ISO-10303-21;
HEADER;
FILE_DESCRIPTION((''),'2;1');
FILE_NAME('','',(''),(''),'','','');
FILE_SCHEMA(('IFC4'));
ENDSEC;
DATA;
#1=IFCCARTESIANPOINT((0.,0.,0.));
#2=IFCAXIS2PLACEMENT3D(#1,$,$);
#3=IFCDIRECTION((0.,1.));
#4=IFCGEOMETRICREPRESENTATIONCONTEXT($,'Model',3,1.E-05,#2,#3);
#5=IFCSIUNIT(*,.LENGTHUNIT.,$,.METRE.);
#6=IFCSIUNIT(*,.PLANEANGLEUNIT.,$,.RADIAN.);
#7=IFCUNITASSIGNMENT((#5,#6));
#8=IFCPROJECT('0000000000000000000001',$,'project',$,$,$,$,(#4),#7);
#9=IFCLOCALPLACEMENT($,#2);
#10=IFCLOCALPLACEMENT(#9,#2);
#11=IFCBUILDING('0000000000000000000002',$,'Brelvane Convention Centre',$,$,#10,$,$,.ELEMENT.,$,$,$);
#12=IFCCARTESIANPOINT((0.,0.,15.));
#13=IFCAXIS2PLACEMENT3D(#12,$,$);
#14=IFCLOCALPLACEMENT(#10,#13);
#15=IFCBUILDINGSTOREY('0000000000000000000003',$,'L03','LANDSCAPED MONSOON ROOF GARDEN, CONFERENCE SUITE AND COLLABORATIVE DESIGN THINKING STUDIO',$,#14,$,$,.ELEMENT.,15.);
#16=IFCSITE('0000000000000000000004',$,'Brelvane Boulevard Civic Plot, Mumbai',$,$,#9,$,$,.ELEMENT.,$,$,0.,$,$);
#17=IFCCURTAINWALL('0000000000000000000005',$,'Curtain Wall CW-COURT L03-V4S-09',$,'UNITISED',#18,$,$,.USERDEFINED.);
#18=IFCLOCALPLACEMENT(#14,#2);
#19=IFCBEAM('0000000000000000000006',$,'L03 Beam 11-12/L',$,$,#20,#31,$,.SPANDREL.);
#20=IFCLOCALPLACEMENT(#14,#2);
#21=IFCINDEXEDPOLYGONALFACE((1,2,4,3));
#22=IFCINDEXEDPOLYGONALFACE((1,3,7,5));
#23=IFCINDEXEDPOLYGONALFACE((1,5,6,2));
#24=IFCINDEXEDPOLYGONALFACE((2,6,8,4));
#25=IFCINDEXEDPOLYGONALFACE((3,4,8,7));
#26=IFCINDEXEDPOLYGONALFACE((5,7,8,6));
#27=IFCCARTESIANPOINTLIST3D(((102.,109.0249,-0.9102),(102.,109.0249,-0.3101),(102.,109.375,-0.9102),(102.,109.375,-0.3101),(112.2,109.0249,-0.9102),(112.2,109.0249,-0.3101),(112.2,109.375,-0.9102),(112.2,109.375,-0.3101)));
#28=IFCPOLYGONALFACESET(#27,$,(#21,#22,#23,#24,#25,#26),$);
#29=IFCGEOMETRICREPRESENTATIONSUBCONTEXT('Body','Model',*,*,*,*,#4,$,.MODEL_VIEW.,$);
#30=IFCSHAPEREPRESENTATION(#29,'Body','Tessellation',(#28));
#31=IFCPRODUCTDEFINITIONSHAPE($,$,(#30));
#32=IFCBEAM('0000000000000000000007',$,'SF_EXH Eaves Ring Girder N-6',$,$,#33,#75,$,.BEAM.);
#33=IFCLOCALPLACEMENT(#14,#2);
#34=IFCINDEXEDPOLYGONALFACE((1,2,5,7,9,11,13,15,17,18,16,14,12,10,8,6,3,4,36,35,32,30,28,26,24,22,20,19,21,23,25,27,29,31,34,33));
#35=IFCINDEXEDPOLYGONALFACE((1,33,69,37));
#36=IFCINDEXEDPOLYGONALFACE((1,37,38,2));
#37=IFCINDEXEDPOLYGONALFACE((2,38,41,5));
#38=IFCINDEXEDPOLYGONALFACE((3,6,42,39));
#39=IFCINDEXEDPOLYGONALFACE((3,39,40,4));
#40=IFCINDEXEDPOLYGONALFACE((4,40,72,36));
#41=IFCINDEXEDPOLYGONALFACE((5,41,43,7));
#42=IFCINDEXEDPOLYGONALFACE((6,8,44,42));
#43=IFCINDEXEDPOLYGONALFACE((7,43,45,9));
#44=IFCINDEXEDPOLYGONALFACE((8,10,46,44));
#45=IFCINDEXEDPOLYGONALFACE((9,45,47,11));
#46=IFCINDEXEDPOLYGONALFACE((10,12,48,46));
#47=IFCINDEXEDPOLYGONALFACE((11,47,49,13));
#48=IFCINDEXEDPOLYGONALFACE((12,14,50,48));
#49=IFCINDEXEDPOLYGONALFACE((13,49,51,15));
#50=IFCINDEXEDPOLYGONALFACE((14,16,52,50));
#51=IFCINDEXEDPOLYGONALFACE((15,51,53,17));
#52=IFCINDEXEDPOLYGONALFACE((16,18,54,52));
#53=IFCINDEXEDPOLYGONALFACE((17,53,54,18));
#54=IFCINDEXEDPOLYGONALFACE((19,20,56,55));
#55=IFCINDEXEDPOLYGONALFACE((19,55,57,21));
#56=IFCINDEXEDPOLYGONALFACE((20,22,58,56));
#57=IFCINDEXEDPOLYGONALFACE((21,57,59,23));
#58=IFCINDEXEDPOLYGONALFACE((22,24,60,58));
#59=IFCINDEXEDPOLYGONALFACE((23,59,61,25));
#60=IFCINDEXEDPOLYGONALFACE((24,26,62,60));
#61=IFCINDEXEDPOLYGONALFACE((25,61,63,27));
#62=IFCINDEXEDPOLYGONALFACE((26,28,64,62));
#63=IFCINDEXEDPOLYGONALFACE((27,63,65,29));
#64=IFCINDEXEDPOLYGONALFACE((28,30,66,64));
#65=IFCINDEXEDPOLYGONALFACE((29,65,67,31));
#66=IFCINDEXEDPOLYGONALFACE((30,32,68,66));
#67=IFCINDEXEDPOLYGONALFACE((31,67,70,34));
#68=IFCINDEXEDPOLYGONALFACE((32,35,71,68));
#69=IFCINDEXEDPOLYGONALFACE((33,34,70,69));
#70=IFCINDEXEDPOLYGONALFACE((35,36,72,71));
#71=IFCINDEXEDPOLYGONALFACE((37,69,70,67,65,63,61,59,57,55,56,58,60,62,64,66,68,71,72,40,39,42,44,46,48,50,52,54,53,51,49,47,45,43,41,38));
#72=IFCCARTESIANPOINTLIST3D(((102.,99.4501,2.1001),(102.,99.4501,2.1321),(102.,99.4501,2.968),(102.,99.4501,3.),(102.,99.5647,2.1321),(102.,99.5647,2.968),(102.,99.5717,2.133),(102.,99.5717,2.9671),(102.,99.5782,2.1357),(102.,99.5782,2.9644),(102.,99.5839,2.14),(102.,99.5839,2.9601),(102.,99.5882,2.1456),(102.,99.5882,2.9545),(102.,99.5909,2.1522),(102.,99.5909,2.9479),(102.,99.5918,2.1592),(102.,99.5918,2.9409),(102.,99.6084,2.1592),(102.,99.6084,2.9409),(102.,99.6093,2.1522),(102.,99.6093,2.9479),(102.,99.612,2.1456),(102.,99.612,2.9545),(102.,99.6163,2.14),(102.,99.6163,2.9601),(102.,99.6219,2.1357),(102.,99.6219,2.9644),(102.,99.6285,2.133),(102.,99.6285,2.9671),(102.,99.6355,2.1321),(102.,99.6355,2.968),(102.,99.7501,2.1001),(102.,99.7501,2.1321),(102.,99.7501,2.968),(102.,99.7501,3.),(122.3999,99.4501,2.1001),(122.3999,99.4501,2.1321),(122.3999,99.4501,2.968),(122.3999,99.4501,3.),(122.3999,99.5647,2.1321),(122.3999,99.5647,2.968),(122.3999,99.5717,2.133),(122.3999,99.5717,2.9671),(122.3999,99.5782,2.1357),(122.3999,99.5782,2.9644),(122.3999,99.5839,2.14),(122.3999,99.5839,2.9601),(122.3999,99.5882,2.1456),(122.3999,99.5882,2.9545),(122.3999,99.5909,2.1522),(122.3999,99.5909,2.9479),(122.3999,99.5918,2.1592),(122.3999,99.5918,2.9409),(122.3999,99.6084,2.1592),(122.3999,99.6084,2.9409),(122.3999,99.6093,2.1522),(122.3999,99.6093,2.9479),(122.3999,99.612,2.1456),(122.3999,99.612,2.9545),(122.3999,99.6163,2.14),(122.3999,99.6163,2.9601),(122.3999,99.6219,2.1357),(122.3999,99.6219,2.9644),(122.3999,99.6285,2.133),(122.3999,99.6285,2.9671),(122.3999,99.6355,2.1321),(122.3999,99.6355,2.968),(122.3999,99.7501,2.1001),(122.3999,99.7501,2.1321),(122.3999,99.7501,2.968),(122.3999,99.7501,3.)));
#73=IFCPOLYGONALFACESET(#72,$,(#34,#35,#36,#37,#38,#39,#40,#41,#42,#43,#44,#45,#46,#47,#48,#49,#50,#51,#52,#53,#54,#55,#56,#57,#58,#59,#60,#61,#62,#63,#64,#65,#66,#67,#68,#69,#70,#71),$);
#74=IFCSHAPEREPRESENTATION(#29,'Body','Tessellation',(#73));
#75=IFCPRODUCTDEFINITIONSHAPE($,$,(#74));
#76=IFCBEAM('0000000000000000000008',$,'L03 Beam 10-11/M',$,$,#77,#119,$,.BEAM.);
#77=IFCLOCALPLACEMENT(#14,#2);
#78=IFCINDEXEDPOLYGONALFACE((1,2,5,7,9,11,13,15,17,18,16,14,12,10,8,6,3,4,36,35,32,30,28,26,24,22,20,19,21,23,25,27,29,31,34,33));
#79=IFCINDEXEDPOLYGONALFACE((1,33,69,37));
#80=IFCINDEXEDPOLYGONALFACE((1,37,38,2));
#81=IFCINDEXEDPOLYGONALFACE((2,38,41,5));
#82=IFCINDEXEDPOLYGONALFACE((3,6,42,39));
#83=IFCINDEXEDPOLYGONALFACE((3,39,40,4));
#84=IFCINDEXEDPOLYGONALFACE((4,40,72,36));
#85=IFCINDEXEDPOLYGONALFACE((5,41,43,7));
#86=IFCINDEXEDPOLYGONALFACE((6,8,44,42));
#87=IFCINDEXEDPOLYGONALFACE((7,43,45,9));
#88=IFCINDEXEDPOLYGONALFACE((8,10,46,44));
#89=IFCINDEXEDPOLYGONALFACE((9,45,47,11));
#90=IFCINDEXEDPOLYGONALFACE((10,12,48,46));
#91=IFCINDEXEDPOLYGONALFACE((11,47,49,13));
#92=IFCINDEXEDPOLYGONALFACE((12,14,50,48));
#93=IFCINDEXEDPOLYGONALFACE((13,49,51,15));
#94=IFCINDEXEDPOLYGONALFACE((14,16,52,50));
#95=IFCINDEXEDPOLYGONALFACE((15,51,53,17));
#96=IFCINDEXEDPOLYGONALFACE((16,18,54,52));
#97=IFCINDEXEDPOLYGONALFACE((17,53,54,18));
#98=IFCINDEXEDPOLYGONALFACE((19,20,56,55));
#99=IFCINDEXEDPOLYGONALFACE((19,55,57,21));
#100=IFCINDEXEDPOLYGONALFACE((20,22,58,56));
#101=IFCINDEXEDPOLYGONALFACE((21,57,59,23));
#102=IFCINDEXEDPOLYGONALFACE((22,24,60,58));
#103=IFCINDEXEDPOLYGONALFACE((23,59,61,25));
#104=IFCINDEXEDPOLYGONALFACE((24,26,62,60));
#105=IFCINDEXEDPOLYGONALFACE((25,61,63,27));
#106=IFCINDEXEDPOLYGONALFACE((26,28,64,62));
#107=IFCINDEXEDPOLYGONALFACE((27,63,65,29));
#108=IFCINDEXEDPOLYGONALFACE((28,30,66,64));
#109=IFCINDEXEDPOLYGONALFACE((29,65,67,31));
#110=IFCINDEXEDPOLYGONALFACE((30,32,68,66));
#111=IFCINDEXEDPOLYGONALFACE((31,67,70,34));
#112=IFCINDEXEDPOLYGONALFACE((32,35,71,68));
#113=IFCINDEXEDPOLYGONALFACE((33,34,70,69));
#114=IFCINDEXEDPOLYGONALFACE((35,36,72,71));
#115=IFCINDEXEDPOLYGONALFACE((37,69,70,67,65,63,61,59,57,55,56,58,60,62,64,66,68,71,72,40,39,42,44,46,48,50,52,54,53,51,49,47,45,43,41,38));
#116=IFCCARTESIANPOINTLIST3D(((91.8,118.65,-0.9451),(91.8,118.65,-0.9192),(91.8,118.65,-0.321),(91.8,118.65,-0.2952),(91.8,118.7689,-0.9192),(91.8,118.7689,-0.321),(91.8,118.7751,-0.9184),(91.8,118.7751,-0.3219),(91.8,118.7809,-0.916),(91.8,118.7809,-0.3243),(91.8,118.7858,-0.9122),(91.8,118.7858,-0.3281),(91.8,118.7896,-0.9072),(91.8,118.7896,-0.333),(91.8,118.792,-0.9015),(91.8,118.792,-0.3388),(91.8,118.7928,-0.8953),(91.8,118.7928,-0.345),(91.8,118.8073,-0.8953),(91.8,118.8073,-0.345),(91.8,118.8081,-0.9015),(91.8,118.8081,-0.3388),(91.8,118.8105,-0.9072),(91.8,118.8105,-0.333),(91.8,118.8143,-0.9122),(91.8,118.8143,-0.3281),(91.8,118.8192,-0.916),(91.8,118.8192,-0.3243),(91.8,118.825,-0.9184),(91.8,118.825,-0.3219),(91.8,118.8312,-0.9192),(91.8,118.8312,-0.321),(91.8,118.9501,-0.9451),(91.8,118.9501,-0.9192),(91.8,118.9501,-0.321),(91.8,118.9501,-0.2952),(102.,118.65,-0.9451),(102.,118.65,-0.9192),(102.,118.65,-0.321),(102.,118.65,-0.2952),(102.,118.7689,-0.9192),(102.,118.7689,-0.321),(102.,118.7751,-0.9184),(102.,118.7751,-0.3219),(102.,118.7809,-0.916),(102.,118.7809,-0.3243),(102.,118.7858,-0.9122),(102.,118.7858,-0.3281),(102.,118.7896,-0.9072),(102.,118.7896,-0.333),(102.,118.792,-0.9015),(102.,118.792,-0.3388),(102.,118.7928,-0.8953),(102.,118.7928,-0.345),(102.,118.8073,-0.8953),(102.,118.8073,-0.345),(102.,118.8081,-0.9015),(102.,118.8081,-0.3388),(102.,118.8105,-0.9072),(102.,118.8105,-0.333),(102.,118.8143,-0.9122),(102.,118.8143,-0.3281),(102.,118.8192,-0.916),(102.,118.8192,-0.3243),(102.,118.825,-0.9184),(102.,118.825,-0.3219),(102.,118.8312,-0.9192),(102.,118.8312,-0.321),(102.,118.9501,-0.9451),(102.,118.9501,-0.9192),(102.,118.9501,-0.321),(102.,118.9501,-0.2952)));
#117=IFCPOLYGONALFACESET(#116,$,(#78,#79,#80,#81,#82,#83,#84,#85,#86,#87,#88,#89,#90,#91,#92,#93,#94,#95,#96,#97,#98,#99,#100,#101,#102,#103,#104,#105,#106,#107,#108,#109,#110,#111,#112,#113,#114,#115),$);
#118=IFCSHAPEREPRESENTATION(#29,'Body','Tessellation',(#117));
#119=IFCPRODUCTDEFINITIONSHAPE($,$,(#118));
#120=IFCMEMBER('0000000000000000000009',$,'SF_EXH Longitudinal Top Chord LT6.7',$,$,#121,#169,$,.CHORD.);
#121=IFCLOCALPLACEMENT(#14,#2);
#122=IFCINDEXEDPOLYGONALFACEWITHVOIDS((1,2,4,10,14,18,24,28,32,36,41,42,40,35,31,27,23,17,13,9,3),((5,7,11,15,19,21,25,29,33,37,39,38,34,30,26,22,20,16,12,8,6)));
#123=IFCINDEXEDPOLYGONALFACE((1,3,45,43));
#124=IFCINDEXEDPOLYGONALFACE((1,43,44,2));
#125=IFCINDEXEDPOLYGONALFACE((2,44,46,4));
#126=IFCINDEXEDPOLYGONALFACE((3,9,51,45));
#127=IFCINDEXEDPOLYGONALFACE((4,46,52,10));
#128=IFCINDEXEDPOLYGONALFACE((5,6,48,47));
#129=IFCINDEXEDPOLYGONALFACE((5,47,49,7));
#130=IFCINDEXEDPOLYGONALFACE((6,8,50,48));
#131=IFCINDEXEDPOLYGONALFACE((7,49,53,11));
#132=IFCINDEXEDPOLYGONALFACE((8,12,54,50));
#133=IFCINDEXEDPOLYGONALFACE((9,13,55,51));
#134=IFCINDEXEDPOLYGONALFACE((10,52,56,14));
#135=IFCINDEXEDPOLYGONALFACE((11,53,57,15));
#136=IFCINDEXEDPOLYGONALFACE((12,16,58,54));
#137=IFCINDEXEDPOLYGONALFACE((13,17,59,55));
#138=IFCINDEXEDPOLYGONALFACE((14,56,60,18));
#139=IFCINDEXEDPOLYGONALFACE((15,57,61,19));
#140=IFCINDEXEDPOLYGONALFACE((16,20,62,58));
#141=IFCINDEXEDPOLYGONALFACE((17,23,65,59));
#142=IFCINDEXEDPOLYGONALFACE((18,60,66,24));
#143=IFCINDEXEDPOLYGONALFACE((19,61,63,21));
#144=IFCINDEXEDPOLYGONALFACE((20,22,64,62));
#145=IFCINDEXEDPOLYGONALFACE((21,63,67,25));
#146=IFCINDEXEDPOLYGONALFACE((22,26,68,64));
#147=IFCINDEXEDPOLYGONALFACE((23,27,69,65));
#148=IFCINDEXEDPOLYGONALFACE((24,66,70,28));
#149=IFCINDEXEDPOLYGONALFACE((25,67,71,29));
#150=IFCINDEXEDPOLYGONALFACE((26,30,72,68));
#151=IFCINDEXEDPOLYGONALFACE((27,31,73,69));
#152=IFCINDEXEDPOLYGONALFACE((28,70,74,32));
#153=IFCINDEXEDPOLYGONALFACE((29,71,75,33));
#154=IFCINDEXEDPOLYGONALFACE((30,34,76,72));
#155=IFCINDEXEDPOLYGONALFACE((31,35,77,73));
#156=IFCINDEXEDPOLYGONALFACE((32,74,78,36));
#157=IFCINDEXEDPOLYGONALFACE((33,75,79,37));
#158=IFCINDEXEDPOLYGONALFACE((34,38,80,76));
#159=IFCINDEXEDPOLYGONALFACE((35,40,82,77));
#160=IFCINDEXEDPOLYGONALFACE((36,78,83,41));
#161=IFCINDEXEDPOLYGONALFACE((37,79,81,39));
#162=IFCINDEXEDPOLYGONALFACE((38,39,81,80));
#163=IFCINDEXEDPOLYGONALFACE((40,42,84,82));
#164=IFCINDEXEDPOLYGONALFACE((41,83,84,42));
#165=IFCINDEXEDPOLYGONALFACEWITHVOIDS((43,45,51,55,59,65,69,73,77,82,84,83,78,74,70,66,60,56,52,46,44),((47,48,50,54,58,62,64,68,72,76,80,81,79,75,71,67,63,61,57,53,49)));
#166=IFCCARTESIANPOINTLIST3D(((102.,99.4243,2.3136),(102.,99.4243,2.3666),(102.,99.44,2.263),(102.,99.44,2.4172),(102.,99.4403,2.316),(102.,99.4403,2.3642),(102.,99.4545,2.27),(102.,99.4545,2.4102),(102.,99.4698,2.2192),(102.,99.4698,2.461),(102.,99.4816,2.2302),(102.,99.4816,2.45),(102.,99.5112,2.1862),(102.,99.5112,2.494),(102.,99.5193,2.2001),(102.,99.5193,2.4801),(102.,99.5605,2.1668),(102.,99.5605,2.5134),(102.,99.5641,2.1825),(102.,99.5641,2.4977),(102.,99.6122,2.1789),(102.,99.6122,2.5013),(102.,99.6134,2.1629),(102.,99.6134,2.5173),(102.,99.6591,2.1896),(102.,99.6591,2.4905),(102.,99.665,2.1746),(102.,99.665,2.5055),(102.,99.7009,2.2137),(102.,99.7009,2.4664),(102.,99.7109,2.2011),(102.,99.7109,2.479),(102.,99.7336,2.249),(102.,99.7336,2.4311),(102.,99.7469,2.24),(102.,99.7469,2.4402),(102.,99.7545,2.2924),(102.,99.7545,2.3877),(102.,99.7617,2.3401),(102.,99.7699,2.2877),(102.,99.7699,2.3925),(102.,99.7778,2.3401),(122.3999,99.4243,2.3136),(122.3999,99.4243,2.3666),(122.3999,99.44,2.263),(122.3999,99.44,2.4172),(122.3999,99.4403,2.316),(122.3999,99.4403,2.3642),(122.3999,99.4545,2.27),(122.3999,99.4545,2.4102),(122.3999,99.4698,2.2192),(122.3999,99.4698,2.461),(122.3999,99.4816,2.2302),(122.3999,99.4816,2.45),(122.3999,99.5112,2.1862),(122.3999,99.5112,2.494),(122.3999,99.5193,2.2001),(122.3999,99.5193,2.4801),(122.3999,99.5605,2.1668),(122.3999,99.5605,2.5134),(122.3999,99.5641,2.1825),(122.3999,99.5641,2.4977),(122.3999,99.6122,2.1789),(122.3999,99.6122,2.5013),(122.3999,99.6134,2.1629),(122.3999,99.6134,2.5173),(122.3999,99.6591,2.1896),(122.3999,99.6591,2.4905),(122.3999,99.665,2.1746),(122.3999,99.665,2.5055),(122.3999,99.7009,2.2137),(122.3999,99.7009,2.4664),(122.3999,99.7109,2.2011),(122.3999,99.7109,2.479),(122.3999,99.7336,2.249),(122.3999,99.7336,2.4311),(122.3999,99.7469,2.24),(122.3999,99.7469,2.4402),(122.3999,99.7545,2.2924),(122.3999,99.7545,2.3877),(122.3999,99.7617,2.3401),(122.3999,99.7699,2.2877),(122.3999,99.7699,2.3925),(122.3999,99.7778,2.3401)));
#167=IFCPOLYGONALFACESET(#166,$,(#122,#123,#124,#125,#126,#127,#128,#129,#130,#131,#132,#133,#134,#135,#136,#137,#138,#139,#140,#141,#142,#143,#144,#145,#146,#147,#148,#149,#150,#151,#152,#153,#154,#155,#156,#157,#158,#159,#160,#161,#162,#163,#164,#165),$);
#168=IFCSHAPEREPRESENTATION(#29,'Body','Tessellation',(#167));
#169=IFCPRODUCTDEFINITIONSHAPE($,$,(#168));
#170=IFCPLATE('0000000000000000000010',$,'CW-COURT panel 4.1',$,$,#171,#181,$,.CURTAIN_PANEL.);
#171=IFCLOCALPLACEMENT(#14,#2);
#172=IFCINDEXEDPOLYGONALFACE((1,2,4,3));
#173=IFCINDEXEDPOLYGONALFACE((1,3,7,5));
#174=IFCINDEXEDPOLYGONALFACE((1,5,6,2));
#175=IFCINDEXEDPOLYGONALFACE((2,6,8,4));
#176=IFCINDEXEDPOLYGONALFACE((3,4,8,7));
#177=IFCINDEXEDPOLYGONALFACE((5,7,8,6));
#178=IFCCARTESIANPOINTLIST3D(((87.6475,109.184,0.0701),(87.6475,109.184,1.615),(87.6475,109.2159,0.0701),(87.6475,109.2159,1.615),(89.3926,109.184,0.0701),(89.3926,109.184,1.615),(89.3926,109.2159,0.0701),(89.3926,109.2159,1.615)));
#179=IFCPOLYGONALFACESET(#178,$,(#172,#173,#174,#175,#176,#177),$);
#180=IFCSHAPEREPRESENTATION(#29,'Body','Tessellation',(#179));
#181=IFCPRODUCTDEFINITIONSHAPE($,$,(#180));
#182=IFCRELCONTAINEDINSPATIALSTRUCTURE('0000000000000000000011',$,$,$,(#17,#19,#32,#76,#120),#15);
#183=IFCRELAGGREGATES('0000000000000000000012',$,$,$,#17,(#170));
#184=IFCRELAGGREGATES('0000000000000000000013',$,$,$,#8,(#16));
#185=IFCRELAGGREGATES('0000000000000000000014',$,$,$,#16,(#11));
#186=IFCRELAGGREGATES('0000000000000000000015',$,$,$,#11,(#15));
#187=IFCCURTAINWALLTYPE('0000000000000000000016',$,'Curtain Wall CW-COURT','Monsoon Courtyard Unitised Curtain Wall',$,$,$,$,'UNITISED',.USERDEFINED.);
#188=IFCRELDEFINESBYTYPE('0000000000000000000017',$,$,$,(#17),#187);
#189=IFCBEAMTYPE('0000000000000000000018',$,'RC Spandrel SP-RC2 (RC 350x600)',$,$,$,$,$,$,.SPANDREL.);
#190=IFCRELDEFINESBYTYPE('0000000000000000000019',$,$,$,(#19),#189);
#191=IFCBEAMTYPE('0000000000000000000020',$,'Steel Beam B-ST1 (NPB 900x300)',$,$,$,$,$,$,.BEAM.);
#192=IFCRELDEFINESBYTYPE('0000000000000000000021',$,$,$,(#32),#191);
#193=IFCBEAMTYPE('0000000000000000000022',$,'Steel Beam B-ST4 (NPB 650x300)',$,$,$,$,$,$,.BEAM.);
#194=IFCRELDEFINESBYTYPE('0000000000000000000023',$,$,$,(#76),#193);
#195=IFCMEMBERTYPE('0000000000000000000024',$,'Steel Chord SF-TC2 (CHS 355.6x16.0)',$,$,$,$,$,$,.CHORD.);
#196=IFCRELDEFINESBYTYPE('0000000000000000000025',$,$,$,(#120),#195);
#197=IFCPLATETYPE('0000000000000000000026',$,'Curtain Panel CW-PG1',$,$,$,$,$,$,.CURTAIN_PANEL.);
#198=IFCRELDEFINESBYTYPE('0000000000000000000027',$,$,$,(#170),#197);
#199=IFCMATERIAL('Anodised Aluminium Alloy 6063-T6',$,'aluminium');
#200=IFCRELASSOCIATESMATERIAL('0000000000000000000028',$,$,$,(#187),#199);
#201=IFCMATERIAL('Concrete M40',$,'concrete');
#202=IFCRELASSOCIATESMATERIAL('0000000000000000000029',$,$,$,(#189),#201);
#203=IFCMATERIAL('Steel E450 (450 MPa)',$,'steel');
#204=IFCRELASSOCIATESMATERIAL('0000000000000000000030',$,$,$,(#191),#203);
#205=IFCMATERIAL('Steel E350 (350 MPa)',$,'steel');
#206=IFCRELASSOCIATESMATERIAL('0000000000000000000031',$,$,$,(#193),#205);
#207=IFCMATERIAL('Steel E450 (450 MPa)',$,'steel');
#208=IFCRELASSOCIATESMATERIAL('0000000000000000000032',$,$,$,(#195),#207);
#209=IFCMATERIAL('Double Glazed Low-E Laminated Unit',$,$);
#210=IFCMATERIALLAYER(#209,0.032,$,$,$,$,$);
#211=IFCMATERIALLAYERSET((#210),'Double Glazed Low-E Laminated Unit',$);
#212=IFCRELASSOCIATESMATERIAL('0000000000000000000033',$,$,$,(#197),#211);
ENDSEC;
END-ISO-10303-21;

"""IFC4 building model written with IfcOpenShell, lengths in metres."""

from ifc_helpers import new_model, si_unit, direction, frame, origin, origin_2d, place, context, subcontext, project, spatial, rectangle, hollow_circle, i_section, extrude, material, layer, layer_set, material_profile, profile_set, type_object, element, aggregate, save


model = new_model("IFC4")

# Units and contexts
model_context = context("Model", 3, precision=1e-05, world=origin(), true_north=direction((0.0, 1.0)))
body_context = subcontext(model_context, "Body", "Model", "MODEL_VIEW")
ifc_project = project(units=[si_unit("LENGTHUNIT", "METRE"), si_unit("PLANEANGLEUNIT", "RADIAN")], contexts=[model_context])

# Site, building, storey
site_placement = place(None, origin())
site = spatial("IfcSite", under=ifc_project, at=site_placement, Name="Brelvane Boulevard Civic Plot, Mumbai", CompositionType="ELEMENT", RefElevation=0.0)
building_placement = place(site_placement, origin())
building = spatial("IfcBuilding", under=site, at=building_placement, Name="Brelvane Convention Centre", CompositionType="ELEMENT")
storey_placement = place(building_placement, frame((0.0, 0.0, 15.0)))
storey = spatial("IfcBuildingStorey", under=building, at=storey_placement, Name="L03", Description="LANDSCAPED MONSOON ROOF GARDEN, CONFERENCE SUITE AND COLLABORATIVE DESIGN THINKING STUDIO", CompositionType="ELEMENT", Elevation=15.0)

# Curtain wall
ifc_material_1 = material(Name="Anodised Aluminium Alloy 6063-T6", Category="aluminium")
curtain_wall_type = type_object("IfcCurtainWallType", Name="Curtain Wall CW-COURT", Description="Monsoon Courtyard Unitised Curtain Wall", ElementType="UNITISED", PredefinedType="USERDEFINED", material=ifc_material_1)
curtain_wall_placement = place(storey_placement, origin())
curtain_wall = element("IfcCurtainWall", 1, at=curtain_wall_placement, inside=storey, type_object=curtain_wall_type, Name="Curtain Wall CW-COURT L03-V4S-09", ObjectType="UNITISED", PredefinedType="USERDEFINED")

# Beams
ifc_material_2 = material(Name="Concrete M40", Category="concrete")
ifc_material_profile_1 = material_profile(ifc_material_2, rectangle(XDim=0.3501, YDim=0.6001, at=origin_2d()), Name="RC 350x600")
ifc_profile_set_1 = profile_set([ifc_material_profile_1], Name="Concrete M40")
beam_type_1 = type_object("IfcBeamType", Name="RC Spandrel SP-RC2 (RC 350x600)", PredefinedType="SPANDREL", material=ifc_profile_set_1)
for number, where, z_axis, x_axis, name in (
    (2, (102.0, 109.2, -0.6101), (1.0, 0.0, 0.0), (0.0, 1.0, 0.0), "L03 Beam 11-12/L"),
):
    element("IfcBeam", number, at=place(storey_placement, frame(where, z_axis=z_axis, x_axis=x_axis)), inside=storey, type_object=beam_type_1, Name=name, PredefinedType="SPANDREL", context=body_context, shape_type="SweptSolid", body=[
        extrude(rectangle(XDim=0.3501, YDim=0.6001, at=origin_2d()), origin(), (0.0, 0.0, 1.0), 10.2),
    ])
ifc_material_3 = material(Name="Steel E450 (450 MPa)", Category="steel")
ifc_material_profile_2 = material_profile(ifc_material_3, i_section(OverallWidth=0.3, OverallDepth=0.8999, WebThickness=0.0166, FlangeThickness=0.032, FilletRadius=0.0271, at=origin_2d()), Name="NPB 900x300")
ifc_profile_set_2 = profile_set([ifc_material_profile_2], Name="Steel E450 (450 MPa)")
beam_type_2 = type_object("IfcBeamType", Name="Steel Beam B-ST1 (NPB 900x300)", PredefinedType="BEAM", material=ifc_profile_set_2)
beam_1_placement = place(storey_placement, frame((102.0, 99.6001, 2.55), z_axis=(1.0, 0.0, 0.0), x_axis=(0.0, 1.0, 0.0)))
element("IfcBeam", 3, at=beam_1_placement, inside=storey, type_object=beam_type_2, Name="SF_EXH Eaves Ring Girder N-6", PredefinedType="BEAM", context=body_context, shape_type="SweptSolid", body=[
    extrude(i_section(OverallWidth=0.3, OverallDepth=0.8999, WebThickness=0.0166, FlangeThickness=0.032, FilletRadius=0.0271, at=origin_2d()), origin(), (0.0, 0.0, 1.0), 20.3999),
])
ifc_material_4 = material(Name="Steel E350 (350 MPa)", Category="steel")
ifc_material_profile_3 = material_profile(ifc_material_4, i_section(OverallWidth=0.3, OverallDepth=0.6499, WebThickness=0.0144, FlangeThickness=0.0259, FilletRadius=0.0239, at=origin_2d()), Name="NPB 650x300")
ifc_profile_set_3 = profile_set([ifc_material_profile_3], Name="Steel E350 (350 MPa)")
beam_type_3 = type_object("IfcBeamType", Name="Steel Beam B-ST4 (NPB 650x300)", PredefinedType="BEAM", material=ifc_profile_set_3)
beam_2_placement = place(storey_placement, frame((91.8, 118.8, -0.6201), z_axis=(1.0, 0.0, 0.0), x_axis=(0.0, 1.0, 0.0)))
element("IfcBeam", 4, at=beam_2_placement, inside=storey, type_object=beam_type_3, Name="L03 Beam 10-11/M", PredefinedType="BEAM", context=body_context, shape_type="SweptSolid", body=[
    extrude(i_section(OverallWidth=0.3, OverallDepth=0.6499, WebThickness=0.0144, FlangeThickness=0.0259, FilletRadius=0.0239, at=origin_2d()), origin(), (0.0, 0.0, 1.0), 10.2),
])

# Member
ifc_material_5 = material(Name="Steel E450 (450 MPa)", Category="steel")
ifc_material_profile_4 = material_profile(ifc_material_5, hollow_circle(Radius=0.1777, WallThickness=0.0161, at=origin_2d()), Name="CHS 355.6x16.0")
ifc_profile_set_4 = profile_set([ifc_material_profile_4], Name="Steel E450 (450 MPa)")
member_type_1 = type_object("IfcMemberType", Name="Steel Chord SF-TC2 (CHS 355.6x16.0)", PredefinedType="CHORD", material=ifc_profile_set_4)
member_1_placement = place(storey_placement, frame((102.0, 99.6001, 2.3401), z_axis=(1.0, 0.0, 0.0), x_axis=(0.0, 1.0, 0.0)))
element("IfcMember", 5, at=member_1_placement, inside=storey, type_object=member_type_1, Name="SF_EXH Longitudinal Top Chord LT6.7", PredefinedType="CHORD", context=body_context, shape_type="SweptSolid", body=[
    extrude(hollow_circle(Radius=0.1777, WallThickness=0.0161, at=origin_2d()), origin(), (0.0, 0.0, 1.0), 20.3999),
])

# Plate
ifc_material_6 = material(Name="Double Glazed Low-E Laminated Unit")
ifc_layer_1 = layer(ifc_material_6, 0.032)
ifc_layer_set_1 = layer_set([ifc_layer_1], Name="Double Glazed Low-E Laminated Unit")
plate_type_1 = type_object("IfcPlateType", Name="Curtain Panel CW-PG1", PredefinedType="CURTAIN_PANEL", material=ifc_layer_set_1)
plate_1_placement = place(storey_placement, frame((88.52, 109.2, 0.0701), z_axis=(0.0, 0.0, 1.0), x_axis=(1.0, 0.0, 0.0)))
plate_1 = element("IfcPlate", 6, at=plate_1_placement, type_object=plate_type_1, Name="CW-COURT panel 4.1", PredefinedType="CURTAIN_PANEL", context=body_context, shape_type="SweptSolid", body=[
    extrude(rectangle(XDim=1.7451, YDim=0.032, at=origin_2d()), origin(), (0.0, 0.0, 1.0), 1.5449),
])
aggregate(curtain_wall, [plate_1])

save(model, "model.ifc")
